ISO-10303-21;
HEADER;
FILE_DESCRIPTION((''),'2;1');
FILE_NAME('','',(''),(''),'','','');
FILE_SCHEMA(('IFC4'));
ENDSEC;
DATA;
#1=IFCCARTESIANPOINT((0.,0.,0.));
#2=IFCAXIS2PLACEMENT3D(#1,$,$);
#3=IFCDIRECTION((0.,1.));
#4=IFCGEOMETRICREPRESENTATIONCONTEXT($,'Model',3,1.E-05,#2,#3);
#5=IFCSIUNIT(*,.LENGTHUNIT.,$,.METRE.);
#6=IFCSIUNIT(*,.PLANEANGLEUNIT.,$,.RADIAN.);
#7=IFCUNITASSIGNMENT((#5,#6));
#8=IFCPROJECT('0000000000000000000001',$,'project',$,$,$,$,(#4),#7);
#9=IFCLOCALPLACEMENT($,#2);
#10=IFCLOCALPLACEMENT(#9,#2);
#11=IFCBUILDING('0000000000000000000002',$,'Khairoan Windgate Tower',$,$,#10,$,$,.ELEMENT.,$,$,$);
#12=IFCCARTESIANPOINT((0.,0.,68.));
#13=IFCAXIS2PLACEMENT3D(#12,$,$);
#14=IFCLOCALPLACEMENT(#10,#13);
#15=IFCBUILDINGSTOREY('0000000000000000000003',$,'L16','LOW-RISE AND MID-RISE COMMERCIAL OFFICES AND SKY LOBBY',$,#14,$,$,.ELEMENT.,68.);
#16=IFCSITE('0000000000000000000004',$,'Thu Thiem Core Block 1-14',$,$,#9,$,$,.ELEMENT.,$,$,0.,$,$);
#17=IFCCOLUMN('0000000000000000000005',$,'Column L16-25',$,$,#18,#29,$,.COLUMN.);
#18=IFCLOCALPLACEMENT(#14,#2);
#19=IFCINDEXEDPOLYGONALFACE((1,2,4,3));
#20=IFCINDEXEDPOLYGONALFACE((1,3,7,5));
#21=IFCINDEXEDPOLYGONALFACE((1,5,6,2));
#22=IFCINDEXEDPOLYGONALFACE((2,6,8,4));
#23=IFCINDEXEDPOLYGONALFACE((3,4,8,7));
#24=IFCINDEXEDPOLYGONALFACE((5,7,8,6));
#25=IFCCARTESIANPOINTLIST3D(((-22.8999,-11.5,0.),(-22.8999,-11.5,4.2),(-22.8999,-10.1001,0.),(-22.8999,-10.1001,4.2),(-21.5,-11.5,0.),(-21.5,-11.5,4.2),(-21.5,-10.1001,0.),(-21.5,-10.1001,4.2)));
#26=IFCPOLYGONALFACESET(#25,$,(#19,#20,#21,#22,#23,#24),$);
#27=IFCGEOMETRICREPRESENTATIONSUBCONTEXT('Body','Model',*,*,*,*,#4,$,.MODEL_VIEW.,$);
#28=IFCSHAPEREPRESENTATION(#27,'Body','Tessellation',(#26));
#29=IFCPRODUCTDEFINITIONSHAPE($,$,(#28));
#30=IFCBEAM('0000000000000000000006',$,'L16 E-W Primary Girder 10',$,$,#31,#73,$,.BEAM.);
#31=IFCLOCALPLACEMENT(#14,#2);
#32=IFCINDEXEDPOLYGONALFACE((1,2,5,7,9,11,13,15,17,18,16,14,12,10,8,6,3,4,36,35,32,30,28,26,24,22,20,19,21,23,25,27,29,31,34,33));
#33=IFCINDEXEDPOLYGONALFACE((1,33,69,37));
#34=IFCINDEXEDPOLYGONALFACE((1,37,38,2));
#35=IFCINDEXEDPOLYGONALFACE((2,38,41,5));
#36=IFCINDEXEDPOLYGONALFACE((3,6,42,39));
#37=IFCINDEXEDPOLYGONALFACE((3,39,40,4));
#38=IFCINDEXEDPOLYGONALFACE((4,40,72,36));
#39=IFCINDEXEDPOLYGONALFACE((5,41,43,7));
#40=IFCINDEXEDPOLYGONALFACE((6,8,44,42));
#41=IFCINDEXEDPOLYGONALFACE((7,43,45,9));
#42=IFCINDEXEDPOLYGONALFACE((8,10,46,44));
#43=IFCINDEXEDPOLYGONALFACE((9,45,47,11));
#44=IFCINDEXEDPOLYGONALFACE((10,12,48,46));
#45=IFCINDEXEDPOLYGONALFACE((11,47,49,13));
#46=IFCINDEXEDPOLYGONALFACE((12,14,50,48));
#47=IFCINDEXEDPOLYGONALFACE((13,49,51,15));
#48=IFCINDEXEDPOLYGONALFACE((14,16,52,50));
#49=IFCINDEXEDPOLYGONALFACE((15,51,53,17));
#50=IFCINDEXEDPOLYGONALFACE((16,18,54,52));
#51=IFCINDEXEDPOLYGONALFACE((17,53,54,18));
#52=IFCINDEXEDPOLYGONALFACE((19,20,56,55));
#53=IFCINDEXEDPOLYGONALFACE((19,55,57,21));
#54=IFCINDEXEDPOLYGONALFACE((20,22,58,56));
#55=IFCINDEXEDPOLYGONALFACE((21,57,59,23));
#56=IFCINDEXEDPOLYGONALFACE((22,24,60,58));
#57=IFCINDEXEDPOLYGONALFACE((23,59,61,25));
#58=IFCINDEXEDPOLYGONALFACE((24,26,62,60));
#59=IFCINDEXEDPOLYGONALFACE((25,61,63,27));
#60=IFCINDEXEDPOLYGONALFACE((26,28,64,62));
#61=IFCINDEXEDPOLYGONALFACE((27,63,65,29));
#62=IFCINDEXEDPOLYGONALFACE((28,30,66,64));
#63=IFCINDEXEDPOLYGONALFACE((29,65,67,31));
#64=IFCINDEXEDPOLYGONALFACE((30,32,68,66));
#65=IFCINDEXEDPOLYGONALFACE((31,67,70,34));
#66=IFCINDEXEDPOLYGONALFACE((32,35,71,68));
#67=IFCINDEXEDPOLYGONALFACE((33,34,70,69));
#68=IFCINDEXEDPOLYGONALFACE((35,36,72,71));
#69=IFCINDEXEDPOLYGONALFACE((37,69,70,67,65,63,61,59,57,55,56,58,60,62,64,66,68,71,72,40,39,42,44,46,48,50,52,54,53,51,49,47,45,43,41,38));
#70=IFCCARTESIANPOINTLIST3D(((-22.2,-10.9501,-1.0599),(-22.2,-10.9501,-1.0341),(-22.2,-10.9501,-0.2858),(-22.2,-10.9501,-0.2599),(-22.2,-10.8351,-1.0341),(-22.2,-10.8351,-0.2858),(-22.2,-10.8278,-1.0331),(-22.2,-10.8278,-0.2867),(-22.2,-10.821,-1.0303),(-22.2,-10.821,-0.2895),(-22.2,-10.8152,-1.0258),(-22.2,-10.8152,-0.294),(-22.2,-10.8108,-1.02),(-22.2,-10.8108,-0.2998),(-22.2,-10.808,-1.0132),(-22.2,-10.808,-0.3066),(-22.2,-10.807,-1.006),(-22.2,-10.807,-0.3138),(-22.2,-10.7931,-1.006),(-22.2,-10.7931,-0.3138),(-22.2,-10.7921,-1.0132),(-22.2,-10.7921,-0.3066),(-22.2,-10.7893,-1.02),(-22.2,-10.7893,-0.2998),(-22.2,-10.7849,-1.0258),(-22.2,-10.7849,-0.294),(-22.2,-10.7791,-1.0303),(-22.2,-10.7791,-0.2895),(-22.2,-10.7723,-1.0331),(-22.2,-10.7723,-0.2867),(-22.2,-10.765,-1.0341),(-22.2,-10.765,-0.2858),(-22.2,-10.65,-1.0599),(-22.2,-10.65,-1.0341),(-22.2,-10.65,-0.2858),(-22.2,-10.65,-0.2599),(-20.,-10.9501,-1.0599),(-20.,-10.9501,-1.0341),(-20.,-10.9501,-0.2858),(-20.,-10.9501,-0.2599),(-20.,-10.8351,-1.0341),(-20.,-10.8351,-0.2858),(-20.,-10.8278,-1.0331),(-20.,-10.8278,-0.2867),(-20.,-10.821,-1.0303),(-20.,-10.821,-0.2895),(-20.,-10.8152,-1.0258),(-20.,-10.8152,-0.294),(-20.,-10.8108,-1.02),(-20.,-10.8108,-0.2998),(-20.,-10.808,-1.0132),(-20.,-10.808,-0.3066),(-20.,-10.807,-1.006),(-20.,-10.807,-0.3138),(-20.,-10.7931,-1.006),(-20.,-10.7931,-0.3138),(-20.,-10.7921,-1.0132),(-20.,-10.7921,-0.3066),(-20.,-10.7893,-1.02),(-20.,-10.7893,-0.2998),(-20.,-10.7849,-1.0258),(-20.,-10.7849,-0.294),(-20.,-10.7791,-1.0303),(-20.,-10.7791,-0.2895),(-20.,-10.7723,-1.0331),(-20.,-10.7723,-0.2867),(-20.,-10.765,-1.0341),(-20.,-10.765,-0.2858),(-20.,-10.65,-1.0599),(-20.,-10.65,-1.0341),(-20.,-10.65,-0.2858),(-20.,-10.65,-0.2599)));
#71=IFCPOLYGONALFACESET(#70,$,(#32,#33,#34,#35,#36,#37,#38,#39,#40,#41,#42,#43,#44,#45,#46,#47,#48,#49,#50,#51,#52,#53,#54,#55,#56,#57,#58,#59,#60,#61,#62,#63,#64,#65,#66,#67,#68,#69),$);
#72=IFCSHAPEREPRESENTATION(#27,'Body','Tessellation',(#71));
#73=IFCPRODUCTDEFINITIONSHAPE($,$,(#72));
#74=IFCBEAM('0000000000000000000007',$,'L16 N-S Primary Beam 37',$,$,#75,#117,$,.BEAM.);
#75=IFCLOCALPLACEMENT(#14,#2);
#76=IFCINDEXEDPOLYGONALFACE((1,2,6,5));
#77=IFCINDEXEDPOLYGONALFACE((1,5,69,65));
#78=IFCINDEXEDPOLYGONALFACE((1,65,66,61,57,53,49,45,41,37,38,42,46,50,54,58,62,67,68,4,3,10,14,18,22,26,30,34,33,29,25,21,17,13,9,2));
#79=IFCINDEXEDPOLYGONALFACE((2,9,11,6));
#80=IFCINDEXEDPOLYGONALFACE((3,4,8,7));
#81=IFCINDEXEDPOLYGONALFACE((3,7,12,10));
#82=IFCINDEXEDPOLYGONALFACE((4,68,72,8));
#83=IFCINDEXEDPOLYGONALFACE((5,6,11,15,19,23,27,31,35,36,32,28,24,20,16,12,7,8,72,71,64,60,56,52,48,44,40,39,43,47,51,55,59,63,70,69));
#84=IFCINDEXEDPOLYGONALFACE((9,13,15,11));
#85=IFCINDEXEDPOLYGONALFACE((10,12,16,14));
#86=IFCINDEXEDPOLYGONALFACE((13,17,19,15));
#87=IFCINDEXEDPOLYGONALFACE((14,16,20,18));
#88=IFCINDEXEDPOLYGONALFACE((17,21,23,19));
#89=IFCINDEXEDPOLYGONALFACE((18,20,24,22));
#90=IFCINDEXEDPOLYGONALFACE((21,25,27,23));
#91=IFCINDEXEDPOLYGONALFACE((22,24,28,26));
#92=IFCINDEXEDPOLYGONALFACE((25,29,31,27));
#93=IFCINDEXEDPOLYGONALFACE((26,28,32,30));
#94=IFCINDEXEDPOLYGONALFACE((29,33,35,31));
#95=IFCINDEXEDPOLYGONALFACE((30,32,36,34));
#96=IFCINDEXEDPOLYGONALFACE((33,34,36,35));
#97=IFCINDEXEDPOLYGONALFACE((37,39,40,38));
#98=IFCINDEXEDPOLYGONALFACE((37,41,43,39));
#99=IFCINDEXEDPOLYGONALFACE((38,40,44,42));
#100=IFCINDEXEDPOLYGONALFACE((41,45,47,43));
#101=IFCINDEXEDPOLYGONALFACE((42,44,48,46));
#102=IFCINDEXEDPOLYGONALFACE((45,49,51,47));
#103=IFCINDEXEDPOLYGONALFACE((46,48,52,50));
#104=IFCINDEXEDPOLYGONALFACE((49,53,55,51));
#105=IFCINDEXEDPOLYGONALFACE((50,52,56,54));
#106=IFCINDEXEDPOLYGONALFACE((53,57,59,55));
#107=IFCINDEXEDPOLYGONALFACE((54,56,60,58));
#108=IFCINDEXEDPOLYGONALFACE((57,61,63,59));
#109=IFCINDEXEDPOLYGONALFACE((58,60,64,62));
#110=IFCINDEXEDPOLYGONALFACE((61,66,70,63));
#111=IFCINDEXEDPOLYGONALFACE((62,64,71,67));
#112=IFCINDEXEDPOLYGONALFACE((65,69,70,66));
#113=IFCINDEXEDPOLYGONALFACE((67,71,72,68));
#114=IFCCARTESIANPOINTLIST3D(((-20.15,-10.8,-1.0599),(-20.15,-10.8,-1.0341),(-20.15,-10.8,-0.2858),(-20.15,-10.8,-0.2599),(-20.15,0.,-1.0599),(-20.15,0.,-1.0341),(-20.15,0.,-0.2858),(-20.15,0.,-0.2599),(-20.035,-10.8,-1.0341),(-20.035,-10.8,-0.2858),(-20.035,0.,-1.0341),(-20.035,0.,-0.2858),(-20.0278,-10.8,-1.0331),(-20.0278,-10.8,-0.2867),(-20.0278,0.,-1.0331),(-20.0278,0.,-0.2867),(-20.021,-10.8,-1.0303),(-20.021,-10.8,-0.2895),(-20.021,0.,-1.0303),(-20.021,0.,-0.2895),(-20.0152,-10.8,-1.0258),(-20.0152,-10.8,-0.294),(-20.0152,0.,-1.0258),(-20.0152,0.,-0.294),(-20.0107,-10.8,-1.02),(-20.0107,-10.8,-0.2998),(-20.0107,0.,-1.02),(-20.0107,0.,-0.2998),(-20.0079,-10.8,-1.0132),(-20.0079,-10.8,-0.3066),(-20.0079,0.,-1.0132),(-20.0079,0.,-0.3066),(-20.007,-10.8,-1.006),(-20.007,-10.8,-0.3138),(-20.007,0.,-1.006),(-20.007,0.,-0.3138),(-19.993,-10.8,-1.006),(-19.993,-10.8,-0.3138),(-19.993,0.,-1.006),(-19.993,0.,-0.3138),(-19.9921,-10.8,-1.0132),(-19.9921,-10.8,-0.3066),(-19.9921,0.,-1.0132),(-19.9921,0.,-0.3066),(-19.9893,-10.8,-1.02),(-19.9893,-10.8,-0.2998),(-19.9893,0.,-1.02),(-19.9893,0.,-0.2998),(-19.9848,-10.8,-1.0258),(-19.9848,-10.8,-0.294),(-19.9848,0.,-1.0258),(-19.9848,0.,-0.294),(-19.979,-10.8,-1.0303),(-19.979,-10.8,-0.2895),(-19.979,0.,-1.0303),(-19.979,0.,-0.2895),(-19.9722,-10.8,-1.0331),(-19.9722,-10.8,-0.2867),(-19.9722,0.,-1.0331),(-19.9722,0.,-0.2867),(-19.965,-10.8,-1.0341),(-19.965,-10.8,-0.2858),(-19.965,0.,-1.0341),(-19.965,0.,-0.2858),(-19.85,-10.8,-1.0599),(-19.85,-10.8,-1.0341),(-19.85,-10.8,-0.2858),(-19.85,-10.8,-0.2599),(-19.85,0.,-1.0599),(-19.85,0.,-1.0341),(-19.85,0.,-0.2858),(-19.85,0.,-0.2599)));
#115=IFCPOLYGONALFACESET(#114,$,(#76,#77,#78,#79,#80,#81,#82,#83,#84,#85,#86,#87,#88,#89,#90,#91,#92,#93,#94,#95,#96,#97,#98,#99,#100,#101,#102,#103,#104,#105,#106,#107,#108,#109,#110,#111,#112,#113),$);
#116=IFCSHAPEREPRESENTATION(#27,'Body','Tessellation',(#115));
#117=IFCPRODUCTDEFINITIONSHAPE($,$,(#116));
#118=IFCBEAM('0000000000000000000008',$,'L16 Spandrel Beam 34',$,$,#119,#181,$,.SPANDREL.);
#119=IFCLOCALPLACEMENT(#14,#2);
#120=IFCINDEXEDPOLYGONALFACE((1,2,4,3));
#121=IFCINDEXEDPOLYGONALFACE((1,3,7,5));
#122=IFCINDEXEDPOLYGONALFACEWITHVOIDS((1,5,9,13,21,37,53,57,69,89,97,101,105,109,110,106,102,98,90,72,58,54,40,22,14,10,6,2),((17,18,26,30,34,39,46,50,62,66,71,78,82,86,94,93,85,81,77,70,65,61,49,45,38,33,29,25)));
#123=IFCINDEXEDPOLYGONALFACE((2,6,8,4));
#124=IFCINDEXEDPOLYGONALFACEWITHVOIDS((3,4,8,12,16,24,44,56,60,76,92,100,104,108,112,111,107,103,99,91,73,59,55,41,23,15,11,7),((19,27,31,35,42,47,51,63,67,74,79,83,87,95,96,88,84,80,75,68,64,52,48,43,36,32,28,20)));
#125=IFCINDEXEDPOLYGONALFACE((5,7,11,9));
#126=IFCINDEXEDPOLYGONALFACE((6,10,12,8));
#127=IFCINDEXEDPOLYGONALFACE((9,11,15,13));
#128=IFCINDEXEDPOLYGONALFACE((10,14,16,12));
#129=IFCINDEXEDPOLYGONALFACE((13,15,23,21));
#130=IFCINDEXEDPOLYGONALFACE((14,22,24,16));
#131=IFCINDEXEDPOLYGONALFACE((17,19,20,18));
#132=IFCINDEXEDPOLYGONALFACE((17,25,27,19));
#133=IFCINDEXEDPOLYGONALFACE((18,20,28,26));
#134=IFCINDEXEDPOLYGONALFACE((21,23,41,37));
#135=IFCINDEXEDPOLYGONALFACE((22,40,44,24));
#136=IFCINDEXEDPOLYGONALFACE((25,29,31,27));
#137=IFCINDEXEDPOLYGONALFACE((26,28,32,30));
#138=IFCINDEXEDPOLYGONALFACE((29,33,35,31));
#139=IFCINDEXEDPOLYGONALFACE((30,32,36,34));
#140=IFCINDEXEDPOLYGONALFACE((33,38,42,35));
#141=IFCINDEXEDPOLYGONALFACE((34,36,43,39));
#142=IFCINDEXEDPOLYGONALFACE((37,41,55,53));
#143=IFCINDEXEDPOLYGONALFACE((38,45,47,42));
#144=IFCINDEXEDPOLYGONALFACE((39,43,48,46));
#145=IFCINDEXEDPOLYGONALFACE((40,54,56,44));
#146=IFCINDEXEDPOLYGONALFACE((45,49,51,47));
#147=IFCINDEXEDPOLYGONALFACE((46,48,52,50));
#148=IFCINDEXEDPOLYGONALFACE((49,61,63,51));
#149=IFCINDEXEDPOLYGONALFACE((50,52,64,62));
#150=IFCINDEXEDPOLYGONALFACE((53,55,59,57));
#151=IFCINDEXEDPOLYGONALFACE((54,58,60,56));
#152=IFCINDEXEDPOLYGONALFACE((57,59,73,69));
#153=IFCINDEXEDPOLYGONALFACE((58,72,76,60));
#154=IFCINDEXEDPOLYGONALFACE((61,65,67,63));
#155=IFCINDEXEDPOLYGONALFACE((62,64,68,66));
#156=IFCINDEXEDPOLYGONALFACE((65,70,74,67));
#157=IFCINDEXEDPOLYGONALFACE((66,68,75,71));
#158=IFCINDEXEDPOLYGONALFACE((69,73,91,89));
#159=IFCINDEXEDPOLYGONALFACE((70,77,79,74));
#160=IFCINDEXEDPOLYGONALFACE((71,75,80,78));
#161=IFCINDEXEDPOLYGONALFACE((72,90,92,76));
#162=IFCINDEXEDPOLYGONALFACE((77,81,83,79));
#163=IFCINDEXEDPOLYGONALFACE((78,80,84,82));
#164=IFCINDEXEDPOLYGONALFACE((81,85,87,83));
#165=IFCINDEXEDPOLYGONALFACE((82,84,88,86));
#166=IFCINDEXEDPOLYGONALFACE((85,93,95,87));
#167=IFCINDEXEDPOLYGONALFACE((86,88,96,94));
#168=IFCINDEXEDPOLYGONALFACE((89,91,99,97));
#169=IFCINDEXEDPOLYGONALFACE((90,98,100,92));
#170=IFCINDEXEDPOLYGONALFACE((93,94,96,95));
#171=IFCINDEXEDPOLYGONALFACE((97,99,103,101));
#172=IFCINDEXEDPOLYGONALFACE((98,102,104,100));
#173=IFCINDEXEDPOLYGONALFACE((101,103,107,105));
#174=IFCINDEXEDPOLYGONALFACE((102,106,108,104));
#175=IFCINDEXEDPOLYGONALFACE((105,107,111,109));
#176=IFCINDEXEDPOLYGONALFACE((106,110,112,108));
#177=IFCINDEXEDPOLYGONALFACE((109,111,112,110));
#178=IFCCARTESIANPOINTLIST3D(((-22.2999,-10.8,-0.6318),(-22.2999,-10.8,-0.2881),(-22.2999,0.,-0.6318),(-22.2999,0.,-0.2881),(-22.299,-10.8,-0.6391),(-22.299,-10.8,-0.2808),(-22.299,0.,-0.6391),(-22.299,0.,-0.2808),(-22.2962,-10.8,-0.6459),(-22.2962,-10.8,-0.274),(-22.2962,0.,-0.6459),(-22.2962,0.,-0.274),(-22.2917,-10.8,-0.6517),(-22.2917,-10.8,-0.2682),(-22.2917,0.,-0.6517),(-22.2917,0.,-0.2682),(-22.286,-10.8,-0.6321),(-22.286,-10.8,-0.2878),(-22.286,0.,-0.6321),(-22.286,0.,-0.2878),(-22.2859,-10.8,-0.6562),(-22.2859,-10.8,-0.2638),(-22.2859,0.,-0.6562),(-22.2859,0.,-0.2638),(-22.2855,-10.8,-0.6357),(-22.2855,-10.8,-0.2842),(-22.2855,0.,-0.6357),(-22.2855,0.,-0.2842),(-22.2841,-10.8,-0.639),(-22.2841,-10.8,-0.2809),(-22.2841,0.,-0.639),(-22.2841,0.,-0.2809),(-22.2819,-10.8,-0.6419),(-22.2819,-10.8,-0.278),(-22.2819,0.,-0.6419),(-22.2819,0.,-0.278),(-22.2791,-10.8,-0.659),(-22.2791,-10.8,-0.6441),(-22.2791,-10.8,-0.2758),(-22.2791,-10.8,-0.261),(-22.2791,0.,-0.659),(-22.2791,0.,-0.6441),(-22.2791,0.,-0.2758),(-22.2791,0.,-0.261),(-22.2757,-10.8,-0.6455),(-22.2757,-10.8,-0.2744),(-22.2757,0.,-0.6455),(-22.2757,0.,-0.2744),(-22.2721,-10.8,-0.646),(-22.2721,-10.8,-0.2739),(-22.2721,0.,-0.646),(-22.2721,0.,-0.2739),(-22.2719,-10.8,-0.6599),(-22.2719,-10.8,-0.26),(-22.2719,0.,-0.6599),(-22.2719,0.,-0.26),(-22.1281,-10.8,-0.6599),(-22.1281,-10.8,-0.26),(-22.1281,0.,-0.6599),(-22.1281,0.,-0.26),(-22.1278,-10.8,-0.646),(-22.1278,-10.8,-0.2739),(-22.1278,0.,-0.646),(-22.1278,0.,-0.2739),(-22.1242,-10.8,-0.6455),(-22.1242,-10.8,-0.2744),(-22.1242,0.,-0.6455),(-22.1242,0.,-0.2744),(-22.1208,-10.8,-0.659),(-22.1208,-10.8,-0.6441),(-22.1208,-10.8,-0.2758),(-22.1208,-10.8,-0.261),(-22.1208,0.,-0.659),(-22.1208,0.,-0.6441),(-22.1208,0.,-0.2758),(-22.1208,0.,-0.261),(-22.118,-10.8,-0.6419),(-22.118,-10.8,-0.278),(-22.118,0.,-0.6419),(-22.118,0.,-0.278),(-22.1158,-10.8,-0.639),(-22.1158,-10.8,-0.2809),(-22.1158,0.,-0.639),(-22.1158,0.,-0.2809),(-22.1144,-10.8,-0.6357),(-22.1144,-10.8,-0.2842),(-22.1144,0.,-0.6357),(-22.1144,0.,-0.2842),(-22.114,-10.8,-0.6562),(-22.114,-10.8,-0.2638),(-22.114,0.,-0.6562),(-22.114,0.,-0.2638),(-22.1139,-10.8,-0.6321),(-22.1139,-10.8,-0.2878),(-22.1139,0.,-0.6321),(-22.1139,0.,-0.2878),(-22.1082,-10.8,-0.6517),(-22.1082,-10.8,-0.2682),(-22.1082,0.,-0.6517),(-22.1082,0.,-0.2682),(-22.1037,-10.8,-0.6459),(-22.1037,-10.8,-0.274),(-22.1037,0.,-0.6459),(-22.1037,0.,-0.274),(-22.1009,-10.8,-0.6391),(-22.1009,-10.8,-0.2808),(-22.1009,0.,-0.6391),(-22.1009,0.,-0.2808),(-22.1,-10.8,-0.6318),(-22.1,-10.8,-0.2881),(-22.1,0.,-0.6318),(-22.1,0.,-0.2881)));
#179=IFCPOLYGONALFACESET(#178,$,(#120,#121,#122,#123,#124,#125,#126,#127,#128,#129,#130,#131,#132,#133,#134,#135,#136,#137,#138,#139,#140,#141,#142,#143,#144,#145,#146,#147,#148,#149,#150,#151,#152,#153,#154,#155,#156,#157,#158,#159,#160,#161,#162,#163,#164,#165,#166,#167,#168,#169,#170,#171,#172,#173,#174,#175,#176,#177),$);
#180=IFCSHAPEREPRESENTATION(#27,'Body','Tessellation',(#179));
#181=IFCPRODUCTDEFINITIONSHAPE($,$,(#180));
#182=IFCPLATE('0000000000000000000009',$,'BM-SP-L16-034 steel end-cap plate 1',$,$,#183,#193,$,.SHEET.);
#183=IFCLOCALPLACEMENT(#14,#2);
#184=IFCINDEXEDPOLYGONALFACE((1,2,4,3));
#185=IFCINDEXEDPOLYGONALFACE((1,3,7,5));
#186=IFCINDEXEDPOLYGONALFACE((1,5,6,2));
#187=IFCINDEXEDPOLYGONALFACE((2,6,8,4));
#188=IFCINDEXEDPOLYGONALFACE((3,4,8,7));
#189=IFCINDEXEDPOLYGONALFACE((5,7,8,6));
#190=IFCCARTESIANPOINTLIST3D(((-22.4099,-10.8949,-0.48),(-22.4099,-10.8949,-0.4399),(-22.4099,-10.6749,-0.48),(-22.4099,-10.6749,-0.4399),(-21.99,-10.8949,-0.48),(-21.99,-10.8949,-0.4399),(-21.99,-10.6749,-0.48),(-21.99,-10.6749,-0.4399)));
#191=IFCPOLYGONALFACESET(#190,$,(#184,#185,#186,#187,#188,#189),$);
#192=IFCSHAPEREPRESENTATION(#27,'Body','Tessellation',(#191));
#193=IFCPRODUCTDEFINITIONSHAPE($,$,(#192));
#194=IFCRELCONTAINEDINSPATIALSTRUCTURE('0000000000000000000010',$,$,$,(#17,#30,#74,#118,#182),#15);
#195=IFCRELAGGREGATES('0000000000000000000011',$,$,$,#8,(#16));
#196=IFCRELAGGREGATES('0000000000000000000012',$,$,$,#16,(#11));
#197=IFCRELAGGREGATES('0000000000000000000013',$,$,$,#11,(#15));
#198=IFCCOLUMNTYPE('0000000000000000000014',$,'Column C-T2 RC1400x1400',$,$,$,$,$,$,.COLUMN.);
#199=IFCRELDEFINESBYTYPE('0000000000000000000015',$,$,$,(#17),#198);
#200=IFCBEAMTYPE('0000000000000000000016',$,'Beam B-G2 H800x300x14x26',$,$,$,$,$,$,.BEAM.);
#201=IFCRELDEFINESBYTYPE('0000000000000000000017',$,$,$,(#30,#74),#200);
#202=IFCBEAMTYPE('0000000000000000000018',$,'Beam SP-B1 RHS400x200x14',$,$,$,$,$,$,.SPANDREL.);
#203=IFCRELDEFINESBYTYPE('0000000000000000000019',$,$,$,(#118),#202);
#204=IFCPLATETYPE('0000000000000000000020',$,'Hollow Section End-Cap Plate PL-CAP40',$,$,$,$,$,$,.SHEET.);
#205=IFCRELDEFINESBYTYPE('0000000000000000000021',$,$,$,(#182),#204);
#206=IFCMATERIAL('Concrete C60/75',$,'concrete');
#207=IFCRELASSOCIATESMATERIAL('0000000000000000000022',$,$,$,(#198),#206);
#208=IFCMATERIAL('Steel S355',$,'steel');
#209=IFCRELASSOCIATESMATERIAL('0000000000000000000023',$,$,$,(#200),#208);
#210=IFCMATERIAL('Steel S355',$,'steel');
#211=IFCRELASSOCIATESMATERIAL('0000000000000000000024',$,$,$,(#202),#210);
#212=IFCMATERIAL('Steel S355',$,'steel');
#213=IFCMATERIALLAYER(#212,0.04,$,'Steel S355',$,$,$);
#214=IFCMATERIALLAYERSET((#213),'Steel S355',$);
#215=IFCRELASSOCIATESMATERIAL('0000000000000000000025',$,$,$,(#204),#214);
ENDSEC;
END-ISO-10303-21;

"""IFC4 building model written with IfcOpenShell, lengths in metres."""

from ifc_helpers import new_model, si_unit, direction, frame, origin, origin_2d, place, context, subcontext, project, spatial, rectangle, hollow_rectangle, i_section, extrude, material, layer, layer_set, material_profile, profile_set, type_object, element, save


model = new_model("IFC4")

# Units and contexts
model_context = context("Model", 3, precision=1e-05, world=origin(), true_north=direction((0.0, 1.0)))
body_context = subcontext(model_context, "Body", "Model", "MODEL_VIEW")
ifc_project = project(units=[si_unit("LENGTHUNIT", "METRE"), si_unit("PLANEANGLEUNIT", "RADIAN")], contexts=[model_context])

# Site, building, storey
site_placement = place(None, origin())
site = spatial("IfcSite", under=ifc_project, at=site_placement, Name="Thu Thiem Core Block 1-14", CompositionType="ELEMENT", RefElevation=0.0)
building_placement = place(site_placement, origin())
building = spatial("IfcBuilding", under=site, at=building_placement, Name="Khairoan Windgate Tower", CompositionType="ELEMENT")
storey_placement = place(building_placement, frame((0.0, 0.0, 68.0)))
storey = spatial("IfcBuildingStorey", under=building, at=storey_placement, Name="L16", Description="LOW-RISE AND MID-RISE COMMERCIAL OFFICES AND SKY LOBBY", CompositionType="ELEMENT", Elevation=68.0)

# Column
ifc_material_1 = material(Name="Concrete C60/75", Category="concrete")
ifc_material_profile_1 = material_profile(ifc_material_1, rectangle(XDim=1.3999, YDim=1.3999, at=origin_2d()))
ifc_profile_set_1 = profile_set([ifc_material_profile_1], Name="Concrete C60/75")
column_type = type_object("IfcColumnType", Name="Column C-T2 RC1400x1400", PredefinedType="COLUMN", material=ifc_profile_set_1)
column_placement = place(storey_placement, frame((-22.2, -10.8, 0.0), z_axis=(0.0, 0.0, 1.0), x_axis=(1.0, 0.0, 0.0)))
element("IfcColumn", 1, at=column_placement, inside=storey, type_object=column_type, Name="Column L16-25", PredefinedType="COLUMN", context=body_context, shape_type="SweptSolid", body=[
    extrude(rectangle(XDim=1.3999, YDim=1.3999, at=origin_2d()), origin(), (0.0, 0.0, 1.0), 4.2),
])

# Beams
ifc_material_2 = material(Name="Steel S355", Category="steel")
ifc_material_profile_2 = material_profile(ifc_material_2, i_section(OverallWidth=0.3, OverallDepth=0.8, WebThickness=0.0139, FlangeThickness=0.0259, FilletRadius=0.0281, at=origin_2d()))
ifc_profile_set_2 = profile_set([ifc_material_profile_2], Name="Steel S355")
beam_type_1 = type_object("IfcBeamType", Name="Beam B-G2 H800x300x14x26", PredefinedType="BEAM", material=ifc_profile_set_2)
beam_1_placement = place(storey_placement, frame((-22.2, -10.8, -0.6599), z_axis=(1.0, 0.0, 0.0), x_axis=(0.0, 1.0, 0.0)))
element("IfcBeam", 2, at=beam_1_placement, inside=storey, type_object=beam_type_1, Name="L16 E-W Primary Girder 10", PredefinedType="BEAM", context=body_context, shape_type="SweptSolid", body=[
    extrude(i_section(OverallWidth=0.3, OverallDepth=0.8, WebThickness=0.0139, FlangeThickness=0.0259, FilletRadius=0.0281, at=origin_2d()), origin(), (0.0, 0.0, 1.0), 2.2),
])
beam_2_placement = place(storey_placement, frame((-20.0, -10.8, -0.6599), z_axis=(0.0, 1.0, 0.0), x_axis=(-1.0, 0.0, 0.0)))
element("IfcBeam", 3, at=beam_2_placement, inside=storey, type_object=beam_type_1, Name="L16 N-S Primary Beam 37", PredefinedType="BEAM", context=body_context, shape_type="SweptSolid", body=[
    extrude(i_section(OverallWidth=0.3, OverallDepth=0.8, WebThickness=0.0139, FlangeThickness=0.0259, FilletRadius=0.0281, at=origin_2d()), origin(), (0.0, 0.0, 1.0), 10.8),
])
ifc_material_3 = material(Name="Steel S355", Category="steel")
ifc_material_profile_3 = material_profile(ifc_material_3, hollow_rectangle(XDim=0.2, YDim=0.3999, WallThickness=0.0139, InnerFilletRadius=0.0139, OuterFilletRadius=0.0281, at=origin_2d()))
ifc_profile_set_3 = profile_set([ifc_material_profile_3], Name="Steel S355")
beam_type_2 = type_object("IfcBeamType", Name="Beam SP-B1 RHS400x200x14", PredefinedType="SPANDREL", material=ifc_profile_set_3)
beam_3_placement = place(storey_placement, frame((-22.2, -10.8, -0.46), z_axis=(0.0, 1.0, 0.0), x_axis=(-1.0, 0.0, 0.0)))
element("IfcBeam", 4, at=beam_3_placement, inside=storey, type_object=beam_type_2, Name="L16 Spandrel Beam 34", PredefinedType="SPANDREL", context=body_context, shape_type="SweptSolid", body=[
    extrude(hollow_rectangle(XDim=0.2, YDim=0.3999, WallThickness=0.0139, InnerFilletRadius=0.0139, OuterFilletRadius=0.0281, at=origin_2d()), origin(), (0.0, 0.0, 1.0), 10.8),
])

# Plate
ifc_material_4 = material(Name="Steel S355", Category="steel")
ifc_layer_1 = layer(ifc_material_4, 0.04, Name="Steel S355")
ifc_layer_set_1 = layer_set([ifc_layer_1], Name="Steel S355")
plate_type_1 = type_object("IfcPlateType", Name="Hollow Section End-Cap Plate PL-CAP40", PredefinedType="SHEET", material=ifc_layer_set_1)
plate_1_placement = place(storey_placement, frame((-22.2, -10.7849, -0.48), z_axis=(0.0, 0.0, 1.0), x_axis=(0.0, 1.0, 0.0)))
element("IfcPlate", 5, at=plate_1_placement, inside=storey, type_object=plate_type_1, Name="BM-SP-L16-034 steel end-cap plate 1", PredefinedType="SHEET", context=body_context, shape_type="SweptSolid", body=[
    extrude(rectangle(XDim=0.22, YDim=0.4199, at=origin_2d()), origin(), (0.0, 0.0, 1.0), 0.04),
])

save(model, "model.ifc")
